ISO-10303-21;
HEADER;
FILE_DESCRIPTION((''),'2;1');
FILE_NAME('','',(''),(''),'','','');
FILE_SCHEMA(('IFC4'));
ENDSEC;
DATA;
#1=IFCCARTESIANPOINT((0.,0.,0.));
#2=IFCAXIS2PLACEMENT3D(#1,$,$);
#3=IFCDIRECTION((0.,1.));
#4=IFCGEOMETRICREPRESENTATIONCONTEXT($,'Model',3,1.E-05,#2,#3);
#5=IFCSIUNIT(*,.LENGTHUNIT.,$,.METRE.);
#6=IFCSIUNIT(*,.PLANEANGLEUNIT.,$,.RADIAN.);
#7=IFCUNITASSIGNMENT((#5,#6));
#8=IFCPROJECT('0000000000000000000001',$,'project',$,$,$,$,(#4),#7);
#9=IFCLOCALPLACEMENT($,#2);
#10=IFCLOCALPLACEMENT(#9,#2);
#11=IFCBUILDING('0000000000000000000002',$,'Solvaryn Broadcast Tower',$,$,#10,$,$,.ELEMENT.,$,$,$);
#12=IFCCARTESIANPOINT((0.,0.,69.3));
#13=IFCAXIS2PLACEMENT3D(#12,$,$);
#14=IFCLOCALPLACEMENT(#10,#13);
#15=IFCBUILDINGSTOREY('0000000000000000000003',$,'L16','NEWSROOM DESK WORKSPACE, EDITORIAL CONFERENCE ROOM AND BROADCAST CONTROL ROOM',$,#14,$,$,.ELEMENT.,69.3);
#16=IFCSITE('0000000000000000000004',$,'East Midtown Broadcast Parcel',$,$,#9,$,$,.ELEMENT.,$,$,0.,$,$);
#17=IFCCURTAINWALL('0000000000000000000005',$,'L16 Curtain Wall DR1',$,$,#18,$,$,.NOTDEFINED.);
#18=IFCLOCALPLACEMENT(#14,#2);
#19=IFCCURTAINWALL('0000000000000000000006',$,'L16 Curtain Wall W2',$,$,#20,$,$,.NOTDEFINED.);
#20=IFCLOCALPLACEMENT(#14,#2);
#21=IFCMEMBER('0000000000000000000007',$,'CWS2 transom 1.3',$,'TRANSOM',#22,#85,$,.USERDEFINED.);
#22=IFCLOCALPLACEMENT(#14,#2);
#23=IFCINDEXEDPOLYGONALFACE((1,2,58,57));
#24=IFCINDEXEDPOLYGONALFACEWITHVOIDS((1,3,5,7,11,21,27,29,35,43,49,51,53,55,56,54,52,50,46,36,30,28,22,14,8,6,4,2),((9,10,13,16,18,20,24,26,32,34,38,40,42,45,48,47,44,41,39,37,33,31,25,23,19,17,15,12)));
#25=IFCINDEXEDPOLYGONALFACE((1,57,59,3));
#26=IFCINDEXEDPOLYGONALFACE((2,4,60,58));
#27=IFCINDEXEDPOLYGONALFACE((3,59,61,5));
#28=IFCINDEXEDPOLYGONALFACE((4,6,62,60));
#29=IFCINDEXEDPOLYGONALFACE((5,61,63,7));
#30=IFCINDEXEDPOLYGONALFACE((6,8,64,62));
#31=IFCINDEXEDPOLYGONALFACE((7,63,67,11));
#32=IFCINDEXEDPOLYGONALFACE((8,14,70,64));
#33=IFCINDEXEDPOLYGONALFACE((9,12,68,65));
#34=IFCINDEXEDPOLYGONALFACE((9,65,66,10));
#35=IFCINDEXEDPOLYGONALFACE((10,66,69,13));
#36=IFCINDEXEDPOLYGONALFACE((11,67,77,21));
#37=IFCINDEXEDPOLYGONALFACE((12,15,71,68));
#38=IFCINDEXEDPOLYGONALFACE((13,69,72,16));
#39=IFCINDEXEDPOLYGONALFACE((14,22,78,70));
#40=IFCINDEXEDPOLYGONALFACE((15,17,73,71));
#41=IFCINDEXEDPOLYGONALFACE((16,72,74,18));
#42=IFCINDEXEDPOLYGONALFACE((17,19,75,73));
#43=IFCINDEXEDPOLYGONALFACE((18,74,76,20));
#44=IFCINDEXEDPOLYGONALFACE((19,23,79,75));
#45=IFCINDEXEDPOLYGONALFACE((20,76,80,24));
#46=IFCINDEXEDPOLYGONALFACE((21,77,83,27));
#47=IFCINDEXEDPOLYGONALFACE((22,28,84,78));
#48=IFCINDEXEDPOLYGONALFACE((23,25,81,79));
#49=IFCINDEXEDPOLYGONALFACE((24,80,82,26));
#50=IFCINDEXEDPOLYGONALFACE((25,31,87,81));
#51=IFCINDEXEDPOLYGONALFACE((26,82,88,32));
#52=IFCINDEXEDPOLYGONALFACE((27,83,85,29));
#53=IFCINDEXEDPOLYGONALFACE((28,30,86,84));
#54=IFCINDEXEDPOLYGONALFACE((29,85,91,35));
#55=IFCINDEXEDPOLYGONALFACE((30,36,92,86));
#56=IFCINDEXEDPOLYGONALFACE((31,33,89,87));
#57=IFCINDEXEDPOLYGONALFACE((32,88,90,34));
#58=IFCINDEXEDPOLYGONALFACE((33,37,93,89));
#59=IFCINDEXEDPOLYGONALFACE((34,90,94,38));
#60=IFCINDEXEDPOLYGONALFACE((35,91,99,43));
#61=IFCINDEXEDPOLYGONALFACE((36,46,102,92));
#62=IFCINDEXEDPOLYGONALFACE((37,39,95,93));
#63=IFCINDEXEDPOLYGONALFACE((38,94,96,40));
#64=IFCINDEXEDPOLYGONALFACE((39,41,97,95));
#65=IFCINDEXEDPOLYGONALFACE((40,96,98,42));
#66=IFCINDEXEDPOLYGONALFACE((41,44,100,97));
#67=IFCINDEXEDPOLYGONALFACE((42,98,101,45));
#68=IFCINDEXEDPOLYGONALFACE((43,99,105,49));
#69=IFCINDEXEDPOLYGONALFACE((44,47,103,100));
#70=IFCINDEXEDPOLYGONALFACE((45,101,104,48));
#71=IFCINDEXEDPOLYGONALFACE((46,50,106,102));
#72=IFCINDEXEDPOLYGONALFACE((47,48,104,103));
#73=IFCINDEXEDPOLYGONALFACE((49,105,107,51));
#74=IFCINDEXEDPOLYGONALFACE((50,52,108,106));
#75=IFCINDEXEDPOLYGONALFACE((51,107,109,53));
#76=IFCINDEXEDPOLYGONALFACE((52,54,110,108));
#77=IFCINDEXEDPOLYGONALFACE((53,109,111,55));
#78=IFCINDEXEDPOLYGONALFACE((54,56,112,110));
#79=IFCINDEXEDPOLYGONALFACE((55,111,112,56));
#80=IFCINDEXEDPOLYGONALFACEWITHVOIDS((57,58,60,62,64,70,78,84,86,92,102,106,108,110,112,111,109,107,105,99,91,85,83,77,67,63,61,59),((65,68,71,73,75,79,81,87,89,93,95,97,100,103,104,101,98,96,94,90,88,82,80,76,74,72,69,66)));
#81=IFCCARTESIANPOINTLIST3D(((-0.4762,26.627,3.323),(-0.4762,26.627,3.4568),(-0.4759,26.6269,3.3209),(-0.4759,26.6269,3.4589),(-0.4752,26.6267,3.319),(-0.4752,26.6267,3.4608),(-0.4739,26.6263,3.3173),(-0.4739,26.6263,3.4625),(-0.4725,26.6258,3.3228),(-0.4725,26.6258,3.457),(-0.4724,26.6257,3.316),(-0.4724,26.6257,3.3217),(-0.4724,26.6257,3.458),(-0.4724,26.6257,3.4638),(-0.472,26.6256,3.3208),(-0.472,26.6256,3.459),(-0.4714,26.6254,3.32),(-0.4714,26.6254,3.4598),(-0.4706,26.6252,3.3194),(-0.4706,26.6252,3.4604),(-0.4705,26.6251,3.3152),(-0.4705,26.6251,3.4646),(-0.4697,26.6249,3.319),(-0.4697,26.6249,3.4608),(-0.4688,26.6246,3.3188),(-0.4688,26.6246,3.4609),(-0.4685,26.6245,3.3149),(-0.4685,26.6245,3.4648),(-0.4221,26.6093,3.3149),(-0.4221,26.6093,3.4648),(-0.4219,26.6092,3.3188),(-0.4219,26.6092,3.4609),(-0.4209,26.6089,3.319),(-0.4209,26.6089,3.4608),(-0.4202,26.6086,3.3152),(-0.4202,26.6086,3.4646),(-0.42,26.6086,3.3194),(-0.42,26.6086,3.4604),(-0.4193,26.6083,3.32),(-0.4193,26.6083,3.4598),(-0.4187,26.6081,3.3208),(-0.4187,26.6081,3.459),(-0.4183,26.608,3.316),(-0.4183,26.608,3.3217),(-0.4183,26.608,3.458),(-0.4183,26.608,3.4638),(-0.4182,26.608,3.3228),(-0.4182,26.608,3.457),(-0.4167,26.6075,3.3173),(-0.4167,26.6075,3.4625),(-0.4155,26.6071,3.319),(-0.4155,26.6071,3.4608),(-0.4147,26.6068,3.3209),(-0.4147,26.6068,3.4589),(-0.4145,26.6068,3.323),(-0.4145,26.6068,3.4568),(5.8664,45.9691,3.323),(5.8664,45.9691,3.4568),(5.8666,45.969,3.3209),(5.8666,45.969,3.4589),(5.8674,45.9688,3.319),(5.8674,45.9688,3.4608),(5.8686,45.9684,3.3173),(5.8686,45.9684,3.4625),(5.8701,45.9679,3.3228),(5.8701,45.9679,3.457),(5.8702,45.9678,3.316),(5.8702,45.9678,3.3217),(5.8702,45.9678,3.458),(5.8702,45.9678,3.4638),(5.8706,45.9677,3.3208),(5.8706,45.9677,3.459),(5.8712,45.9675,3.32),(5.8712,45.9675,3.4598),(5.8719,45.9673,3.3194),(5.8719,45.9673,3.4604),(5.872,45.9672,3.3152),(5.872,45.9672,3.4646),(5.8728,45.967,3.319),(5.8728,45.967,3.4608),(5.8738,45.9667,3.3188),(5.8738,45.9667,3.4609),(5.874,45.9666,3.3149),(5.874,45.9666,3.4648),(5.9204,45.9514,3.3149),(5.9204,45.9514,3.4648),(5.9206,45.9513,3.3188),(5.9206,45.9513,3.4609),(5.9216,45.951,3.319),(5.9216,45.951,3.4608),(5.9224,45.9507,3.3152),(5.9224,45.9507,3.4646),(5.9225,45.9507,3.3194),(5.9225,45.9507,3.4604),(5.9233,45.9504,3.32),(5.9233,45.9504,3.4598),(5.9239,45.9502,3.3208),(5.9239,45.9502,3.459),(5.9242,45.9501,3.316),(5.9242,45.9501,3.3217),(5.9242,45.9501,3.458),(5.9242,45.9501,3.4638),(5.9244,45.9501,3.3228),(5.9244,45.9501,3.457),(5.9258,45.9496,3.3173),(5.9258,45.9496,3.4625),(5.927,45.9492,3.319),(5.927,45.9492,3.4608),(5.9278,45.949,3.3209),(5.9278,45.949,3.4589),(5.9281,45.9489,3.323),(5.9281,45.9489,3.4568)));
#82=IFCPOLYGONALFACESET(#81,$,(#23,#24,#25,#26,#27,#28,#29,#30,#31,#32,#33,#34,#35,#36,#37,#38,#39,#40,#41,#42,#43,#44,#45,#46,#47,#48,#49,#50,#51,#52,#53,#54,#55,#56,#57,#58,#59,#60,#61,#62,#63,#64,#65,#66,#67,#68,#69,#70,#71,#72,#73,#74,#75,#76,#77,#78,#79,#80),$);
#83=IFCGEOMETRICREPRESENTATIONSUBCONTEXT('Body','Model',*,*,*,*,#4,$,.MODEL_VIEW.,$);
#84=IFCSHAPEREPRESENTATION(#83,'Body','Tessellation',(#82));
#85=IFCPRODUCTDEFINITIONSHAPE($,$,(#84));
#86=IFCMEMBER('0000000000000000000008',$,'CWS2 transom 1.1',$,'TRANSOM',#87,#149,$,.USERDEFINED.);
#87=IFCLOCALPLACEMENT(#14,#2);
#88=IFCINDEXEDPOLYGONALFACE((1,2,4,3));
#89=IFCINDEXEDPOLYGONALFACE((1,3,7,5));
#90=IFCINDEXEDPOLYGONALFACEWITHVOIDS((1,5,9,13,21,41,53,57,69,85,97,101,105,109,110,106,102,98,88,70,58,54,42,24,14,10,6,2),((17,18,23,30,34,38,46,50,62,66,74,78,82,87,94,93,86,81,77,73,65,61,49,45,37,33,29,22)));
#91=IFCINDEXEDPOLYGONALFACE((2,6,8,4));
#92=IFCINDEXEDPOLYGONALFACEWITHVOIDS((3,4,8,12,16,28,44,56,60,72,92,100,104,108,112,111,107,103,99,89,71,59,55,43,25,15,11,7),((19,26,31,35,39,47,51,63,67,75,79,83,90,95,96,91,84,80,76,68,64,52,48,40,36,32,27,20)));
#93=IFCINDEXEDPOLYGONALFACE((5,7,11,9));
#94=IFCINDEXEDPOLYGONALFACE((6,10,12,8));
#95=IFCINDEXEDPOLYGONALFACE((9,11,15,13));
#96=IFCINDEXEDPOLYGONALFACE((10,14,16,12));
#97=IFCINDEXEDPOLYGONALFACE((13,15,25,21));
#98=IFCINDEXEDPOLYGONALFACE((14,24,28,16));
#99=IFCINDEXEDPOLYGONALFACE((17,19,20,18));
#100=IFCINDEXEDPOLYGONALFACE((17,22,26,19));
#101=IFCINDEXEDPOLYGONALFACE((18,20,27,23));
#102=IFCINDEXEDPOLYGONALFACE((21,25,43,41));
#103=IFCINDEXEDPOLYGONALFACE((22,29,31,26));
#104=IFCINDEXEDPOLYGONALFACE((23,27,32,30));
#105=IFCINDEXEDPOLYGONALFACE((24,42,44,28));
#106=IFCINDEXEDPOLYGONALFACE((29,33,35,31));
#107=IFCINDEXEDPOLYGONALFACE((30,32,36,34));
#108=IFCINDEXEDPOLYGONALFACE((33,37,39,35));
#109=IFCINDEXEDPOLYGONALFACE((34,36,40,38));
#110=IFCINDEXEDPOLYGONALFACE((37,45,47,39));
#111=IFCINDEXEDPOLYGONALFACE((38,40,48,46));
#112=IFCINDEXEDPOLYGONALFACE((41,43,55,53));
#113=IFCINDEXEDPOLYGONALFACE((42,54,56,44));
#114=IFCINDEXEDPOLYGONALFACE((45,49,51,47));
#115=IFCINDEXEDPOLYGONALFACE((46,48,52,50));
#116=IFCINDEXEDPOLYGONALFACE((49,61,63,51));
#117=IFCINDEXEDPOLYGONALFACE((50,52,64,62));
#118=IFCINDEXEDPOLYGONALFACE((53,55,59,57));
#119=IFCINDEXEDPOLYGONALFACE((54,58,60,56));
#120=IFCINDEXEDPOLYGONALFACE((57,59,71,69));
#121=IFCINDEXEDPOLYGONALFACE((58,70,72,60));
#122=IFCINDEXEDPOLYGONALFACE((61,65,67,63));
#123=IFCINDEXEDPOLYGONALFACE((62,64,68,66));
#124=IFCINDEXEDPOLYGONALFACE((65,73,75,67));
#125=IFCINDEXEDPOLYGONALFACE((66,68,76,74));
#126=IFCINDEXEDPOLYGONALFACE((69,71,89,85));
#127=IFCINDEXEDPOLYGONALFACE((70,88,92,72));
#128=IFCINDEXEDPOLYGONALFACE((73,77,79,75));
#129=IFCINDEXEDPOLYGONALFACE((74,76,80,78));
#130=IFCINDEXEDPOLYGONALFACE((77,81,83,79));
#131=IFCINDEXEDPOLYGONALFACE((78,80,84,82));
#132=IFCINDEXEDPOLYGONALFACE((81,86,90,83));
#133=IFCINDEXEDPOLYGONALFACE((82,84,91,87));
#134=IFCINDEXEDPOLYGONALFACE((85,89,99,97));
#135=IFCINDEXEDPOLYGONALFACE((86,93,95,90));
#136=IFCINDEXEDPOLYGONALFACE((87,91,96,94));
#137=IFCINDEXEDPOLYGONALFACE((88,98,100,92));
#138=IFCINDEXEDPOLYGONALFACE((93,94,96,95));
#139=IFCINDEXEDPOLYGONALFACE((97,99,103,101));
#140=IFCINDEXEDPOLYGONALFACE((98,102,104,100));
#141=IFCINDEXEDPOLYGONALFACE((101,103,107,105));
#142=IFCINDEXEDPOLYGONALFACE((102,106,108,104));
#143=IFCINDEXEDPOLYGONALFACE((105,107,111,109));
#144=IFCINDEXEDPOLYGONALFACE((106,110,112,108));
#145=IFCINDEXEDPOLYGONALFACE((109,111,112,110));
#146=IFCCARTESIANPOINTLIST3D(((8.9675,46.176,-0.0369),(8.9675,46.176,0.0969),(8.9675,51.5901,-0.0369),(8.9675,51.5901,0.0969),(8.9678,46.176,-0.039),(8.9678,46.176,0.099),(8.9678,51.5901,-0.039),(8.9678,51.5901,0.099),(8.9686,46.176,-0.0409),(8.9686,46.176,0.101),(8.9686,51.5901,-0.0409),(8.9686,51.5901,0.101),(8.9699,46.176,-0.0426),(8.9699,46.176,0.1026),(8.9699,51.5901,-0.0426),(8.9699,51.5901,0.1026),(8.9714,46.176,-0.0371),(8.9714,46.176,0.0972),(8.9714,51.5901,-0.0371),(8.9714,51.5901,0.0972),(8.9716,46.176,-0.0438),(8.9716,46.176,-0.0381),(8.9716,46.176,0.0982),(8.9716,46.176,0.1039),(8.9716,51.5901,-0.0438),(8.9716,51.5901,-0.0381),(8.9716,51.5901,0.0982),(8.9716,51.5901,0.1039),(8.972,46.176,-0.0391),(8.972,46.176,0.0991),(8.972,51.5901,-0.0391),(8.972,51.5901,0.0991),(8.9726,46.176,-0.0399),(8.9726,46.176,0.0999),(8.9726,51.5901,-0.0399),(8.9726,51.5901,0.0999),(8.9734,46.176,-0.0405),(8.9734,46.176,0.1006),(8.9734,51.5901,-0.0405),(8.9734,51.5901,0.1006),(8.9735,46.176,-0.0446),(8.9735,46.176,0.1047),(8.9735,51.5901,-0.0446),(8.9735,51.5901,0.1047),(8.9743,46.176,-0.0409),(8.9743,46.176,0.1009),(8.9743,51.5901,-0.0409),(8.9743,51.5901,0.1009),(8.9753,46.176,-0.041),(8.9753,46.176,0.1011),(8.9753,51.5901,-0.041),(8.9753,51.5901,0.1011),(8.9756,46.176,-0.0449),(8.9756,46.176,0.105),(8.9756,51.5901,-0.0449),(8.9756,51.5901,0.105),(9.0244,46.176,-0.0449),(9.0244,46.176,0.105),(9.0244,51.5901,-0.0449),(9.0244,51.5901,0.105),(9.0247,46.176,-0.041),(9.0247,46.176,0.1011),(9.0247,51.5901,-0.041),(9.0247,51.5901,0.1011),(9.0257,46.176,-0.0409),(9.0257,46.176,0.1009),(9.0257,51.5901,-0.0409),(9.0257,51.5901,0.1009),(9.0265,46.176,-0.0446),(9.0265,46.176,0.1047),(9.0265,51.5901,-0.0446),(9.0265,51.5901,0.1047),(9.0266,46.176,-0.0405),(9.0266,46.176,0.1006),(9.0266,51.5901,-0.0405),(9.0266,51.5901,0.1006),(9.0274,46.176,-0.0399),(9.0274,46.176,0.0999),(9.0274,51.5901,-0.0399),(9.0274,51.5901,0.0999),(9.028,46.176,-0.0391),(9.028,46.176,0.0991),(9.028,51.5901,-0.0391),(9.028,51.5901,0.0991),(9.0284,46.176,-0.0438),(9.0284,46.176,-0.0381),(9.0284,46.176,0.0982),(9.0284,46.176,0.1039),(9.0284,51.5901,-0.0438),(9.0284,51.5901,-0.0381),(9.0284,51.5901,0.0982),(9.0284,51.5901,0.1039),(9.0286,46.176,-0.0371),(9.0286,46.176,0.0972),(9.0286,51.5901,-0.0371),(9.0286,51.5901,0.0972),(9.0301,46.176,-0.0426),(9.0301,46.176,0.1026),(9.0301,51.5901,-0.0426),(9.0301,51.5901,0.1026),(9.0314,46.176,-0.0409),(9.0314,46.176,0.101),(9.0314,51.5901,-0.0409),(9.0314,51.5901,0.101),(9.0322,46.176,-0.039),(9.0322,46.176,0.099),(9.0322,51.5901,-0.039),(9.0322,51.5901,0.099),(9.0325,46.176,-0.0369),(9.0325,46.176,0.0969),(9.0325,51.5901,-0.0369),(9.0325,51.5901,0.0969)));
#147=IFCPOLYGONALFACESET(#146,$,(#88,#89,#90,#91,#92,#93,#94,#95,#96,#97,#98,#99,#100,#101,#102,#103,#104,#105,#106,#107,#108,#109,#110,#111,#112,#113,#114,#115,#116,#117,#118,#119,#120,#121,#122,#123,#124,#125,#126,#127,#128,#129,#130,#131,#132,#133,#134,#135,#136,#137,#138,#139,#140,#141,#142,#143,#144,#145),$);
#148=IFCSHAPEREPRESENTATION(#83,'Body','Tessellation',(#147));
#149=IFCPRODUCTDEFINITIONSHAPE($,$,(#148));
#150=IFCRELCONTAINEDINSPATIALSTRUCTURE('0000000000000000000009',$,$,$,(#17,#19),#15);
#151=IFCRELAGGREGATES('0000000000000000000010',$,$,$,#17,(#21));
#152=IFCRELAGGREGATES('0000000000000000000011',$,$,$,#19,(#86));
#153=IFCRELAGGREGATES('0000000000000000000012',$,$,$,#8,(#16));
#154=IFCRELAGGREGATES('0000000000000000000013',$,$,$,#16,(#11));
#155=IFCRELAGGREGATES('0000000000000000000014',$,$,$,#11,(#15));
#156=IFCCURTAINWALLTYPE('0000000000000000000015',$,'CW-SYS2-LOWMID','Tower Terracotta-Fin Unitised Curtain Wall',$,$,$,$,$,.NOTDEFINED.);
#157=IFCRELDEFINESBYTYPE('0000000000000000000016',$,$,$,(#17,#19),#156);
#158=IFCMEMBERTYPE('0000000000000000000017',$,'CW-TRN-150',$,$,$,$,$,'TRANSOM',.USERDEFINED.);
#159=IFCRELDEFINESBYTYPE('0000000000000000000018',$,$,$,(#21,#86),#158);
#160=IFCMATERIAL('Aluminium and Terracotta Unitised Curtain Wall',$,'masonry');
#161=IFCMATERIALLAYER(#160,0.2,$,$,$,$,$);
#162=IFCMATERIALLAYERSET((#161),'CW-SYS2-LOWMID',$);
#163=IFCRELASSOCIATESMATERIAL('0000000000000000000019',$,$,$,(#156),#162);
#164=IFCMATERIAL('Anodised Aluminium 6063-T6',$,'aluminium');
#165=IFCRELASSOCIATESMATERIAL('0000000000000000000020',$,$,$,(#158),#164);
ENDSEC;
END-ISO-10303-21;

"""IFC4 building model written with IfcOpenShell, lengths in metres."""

from ifc_helpers import new_model, si_unit, direction, frame, origin, origin_2d, place, context, subcontext, project, spatial, hollow_rectangle, extrude, material, layer, layer_set, material_profile, profile_set, type_object, element, aggregate, save


model = new_model("IFC4")

# Units and contexts
model_context = context("Model", 3, precision=1e-05, world=origin(), true_north=direction((0.0, 1.0)))
body_context = subcontext(model_context, "Body", "Model", "MODEL_VIEW")
ifc_project = project(units=[si_unit("LENGTHUNIT", "METRE"), si_unit("PLANEANGLEUNIT", "RADIAN")], contexts=[model_context])

# Site, building, storey
site_placement = place(None, origin())
site = spatial("IfcSite", under=ifc_project, at=site_placement, Name="East Midtown Broadcast Parcel", CompositionType="ELEMENT", RefElevation=0.0)
building_placement = place(site_placement, origin())
building = spatial("IfcBuilding", under=site, at=building_placement, Name="Solvaryn Broadcast Tower", CompositionType="ELEMENT")
storey_placement = place(building_placement, frame((0.0, 0.0, 69.3)))
storey = spatial("IfcBuildingStorey", under=building, at=storey_placement, Name="L16", Description="NEWSROOM DESK WORKSPACE, EDITORIAL CONFERENCE ROOM AND BROADCAST CONTROL ROOM", CompositionType="ELEMENT", Elevation=69.3)

# Curtain wall
ifc_material_1 = material(Name="Aluminium and Terracotta Unitised Curtain Wall", Category="masonry")
ifc_layer_1 = layer(ifc_material_1, 0.2)
ifc_layer_set_1 = layer_set([ifc_layer_1], Name="CW-SYS2-LOWMID")
curtain_wall_type = type_object("IfcCurtainWallType", Name="CW-SYS2-LOWMID", Description="Tower Terracotta-Fin Unitised Curtain Wall", PredefinedType="NOTDEFINED", material=ifc_layer_set_1)
curtain_wall_1_placement = place(storey_placement, origin())
curtain_wall_1 = element("IfcCurtainWall", 1, at=curtain_wall_1_placement, inside=storey, type_object=curtain_wall_type, Name="L16 Curtain Wall DR1", PredefinedType="NOTDEFINED")

# Curtain wall
curtain_wall_2_placement = place(storey_placement, origin())
curtain_wall_2 = element("IfcCurtainWall", 2, at=curtain_wall_2_placement, inside=storey, type_object=curtain_wall_type, Name="L16 Curtain Wall W2", PredefinedType="NOTDEFINED")

# Members
ifc_material_2 = material(Name="Anodised Aluminium 6063-T6", Category="aluminium")
ifc_material_profile_1 = material_profile(ifc_material_2, hollow_rectangle(XDim=0.0649, YDim=0.1499, WallThickness=0.0039, InnerFilletRadius=0.0039, OuterFilletRadius=0.0081, at=origin_2d()))
ifc_profile_set_1 = profile_set([ifc_material_profile_1], Name="Anodised Aluminium 6063-T6")
member_type_1 = type_object("IfcMemberType", Name="CW-TRN-150", ElementType="TRANSOM", PredefinedType="USERDEFINED", material=ifc_profile_set_1)
member_1_placement = place(storey_placement, frame((5.8972, 45.959, 3.3899), z_axis=(-0.31159, -0.950217, 0.0), x_axis=(0.950217, -0.31159, 0.0)))
member_1 = element("IfcMember", 3, at=member_1_placement, type_object=member_type_1, Name="CWS2 transom 1.3", ObjectType="TRANSOM", PredefinedType="USERDEFINED", context=body_context, shape_type="SweptSolid", body=[
    extrude(hollow_rectangle(XDim=0.0649, YDim=0.1499, WallThickness=0.0039, InnerFilletRadius=0.0039, OuterFilletRadius=0.0081, at=origin_2d()), origin(), (0.0, 0.0, 1.0), 20.3555),
])
aggregate(curtain_wall_1, [member_1])
member_2_placement = place(storey_placement, frame((9.0, 46.176, 0.03), z_axis=(0.0, 1.0, 0.0), x_axis=(-1.0, 0.0, 0.0)))
member_2 = element("IfcMember", 4, at=member_2_placement, type_object=member_type_1, Name="CWS2 transom 1.1", ObjectType="TRANSOM", PredefinedType="USERDEFINED", context=body_context, shape_type="SweptSolid", body=[
    extrude(hollow_rectangle(XDim=0.0649, YDim=0.1499, WallThickness=0.0039, InnerFilletRadius=0.0039, OuterFilletRadius=0.0081, at=origin_2d()), origin(), (0.0, 0.0, 1.0), 5.4141),
])

aggregate(curtain_wall_2, [member_2])

save(model, "model.ifc")
